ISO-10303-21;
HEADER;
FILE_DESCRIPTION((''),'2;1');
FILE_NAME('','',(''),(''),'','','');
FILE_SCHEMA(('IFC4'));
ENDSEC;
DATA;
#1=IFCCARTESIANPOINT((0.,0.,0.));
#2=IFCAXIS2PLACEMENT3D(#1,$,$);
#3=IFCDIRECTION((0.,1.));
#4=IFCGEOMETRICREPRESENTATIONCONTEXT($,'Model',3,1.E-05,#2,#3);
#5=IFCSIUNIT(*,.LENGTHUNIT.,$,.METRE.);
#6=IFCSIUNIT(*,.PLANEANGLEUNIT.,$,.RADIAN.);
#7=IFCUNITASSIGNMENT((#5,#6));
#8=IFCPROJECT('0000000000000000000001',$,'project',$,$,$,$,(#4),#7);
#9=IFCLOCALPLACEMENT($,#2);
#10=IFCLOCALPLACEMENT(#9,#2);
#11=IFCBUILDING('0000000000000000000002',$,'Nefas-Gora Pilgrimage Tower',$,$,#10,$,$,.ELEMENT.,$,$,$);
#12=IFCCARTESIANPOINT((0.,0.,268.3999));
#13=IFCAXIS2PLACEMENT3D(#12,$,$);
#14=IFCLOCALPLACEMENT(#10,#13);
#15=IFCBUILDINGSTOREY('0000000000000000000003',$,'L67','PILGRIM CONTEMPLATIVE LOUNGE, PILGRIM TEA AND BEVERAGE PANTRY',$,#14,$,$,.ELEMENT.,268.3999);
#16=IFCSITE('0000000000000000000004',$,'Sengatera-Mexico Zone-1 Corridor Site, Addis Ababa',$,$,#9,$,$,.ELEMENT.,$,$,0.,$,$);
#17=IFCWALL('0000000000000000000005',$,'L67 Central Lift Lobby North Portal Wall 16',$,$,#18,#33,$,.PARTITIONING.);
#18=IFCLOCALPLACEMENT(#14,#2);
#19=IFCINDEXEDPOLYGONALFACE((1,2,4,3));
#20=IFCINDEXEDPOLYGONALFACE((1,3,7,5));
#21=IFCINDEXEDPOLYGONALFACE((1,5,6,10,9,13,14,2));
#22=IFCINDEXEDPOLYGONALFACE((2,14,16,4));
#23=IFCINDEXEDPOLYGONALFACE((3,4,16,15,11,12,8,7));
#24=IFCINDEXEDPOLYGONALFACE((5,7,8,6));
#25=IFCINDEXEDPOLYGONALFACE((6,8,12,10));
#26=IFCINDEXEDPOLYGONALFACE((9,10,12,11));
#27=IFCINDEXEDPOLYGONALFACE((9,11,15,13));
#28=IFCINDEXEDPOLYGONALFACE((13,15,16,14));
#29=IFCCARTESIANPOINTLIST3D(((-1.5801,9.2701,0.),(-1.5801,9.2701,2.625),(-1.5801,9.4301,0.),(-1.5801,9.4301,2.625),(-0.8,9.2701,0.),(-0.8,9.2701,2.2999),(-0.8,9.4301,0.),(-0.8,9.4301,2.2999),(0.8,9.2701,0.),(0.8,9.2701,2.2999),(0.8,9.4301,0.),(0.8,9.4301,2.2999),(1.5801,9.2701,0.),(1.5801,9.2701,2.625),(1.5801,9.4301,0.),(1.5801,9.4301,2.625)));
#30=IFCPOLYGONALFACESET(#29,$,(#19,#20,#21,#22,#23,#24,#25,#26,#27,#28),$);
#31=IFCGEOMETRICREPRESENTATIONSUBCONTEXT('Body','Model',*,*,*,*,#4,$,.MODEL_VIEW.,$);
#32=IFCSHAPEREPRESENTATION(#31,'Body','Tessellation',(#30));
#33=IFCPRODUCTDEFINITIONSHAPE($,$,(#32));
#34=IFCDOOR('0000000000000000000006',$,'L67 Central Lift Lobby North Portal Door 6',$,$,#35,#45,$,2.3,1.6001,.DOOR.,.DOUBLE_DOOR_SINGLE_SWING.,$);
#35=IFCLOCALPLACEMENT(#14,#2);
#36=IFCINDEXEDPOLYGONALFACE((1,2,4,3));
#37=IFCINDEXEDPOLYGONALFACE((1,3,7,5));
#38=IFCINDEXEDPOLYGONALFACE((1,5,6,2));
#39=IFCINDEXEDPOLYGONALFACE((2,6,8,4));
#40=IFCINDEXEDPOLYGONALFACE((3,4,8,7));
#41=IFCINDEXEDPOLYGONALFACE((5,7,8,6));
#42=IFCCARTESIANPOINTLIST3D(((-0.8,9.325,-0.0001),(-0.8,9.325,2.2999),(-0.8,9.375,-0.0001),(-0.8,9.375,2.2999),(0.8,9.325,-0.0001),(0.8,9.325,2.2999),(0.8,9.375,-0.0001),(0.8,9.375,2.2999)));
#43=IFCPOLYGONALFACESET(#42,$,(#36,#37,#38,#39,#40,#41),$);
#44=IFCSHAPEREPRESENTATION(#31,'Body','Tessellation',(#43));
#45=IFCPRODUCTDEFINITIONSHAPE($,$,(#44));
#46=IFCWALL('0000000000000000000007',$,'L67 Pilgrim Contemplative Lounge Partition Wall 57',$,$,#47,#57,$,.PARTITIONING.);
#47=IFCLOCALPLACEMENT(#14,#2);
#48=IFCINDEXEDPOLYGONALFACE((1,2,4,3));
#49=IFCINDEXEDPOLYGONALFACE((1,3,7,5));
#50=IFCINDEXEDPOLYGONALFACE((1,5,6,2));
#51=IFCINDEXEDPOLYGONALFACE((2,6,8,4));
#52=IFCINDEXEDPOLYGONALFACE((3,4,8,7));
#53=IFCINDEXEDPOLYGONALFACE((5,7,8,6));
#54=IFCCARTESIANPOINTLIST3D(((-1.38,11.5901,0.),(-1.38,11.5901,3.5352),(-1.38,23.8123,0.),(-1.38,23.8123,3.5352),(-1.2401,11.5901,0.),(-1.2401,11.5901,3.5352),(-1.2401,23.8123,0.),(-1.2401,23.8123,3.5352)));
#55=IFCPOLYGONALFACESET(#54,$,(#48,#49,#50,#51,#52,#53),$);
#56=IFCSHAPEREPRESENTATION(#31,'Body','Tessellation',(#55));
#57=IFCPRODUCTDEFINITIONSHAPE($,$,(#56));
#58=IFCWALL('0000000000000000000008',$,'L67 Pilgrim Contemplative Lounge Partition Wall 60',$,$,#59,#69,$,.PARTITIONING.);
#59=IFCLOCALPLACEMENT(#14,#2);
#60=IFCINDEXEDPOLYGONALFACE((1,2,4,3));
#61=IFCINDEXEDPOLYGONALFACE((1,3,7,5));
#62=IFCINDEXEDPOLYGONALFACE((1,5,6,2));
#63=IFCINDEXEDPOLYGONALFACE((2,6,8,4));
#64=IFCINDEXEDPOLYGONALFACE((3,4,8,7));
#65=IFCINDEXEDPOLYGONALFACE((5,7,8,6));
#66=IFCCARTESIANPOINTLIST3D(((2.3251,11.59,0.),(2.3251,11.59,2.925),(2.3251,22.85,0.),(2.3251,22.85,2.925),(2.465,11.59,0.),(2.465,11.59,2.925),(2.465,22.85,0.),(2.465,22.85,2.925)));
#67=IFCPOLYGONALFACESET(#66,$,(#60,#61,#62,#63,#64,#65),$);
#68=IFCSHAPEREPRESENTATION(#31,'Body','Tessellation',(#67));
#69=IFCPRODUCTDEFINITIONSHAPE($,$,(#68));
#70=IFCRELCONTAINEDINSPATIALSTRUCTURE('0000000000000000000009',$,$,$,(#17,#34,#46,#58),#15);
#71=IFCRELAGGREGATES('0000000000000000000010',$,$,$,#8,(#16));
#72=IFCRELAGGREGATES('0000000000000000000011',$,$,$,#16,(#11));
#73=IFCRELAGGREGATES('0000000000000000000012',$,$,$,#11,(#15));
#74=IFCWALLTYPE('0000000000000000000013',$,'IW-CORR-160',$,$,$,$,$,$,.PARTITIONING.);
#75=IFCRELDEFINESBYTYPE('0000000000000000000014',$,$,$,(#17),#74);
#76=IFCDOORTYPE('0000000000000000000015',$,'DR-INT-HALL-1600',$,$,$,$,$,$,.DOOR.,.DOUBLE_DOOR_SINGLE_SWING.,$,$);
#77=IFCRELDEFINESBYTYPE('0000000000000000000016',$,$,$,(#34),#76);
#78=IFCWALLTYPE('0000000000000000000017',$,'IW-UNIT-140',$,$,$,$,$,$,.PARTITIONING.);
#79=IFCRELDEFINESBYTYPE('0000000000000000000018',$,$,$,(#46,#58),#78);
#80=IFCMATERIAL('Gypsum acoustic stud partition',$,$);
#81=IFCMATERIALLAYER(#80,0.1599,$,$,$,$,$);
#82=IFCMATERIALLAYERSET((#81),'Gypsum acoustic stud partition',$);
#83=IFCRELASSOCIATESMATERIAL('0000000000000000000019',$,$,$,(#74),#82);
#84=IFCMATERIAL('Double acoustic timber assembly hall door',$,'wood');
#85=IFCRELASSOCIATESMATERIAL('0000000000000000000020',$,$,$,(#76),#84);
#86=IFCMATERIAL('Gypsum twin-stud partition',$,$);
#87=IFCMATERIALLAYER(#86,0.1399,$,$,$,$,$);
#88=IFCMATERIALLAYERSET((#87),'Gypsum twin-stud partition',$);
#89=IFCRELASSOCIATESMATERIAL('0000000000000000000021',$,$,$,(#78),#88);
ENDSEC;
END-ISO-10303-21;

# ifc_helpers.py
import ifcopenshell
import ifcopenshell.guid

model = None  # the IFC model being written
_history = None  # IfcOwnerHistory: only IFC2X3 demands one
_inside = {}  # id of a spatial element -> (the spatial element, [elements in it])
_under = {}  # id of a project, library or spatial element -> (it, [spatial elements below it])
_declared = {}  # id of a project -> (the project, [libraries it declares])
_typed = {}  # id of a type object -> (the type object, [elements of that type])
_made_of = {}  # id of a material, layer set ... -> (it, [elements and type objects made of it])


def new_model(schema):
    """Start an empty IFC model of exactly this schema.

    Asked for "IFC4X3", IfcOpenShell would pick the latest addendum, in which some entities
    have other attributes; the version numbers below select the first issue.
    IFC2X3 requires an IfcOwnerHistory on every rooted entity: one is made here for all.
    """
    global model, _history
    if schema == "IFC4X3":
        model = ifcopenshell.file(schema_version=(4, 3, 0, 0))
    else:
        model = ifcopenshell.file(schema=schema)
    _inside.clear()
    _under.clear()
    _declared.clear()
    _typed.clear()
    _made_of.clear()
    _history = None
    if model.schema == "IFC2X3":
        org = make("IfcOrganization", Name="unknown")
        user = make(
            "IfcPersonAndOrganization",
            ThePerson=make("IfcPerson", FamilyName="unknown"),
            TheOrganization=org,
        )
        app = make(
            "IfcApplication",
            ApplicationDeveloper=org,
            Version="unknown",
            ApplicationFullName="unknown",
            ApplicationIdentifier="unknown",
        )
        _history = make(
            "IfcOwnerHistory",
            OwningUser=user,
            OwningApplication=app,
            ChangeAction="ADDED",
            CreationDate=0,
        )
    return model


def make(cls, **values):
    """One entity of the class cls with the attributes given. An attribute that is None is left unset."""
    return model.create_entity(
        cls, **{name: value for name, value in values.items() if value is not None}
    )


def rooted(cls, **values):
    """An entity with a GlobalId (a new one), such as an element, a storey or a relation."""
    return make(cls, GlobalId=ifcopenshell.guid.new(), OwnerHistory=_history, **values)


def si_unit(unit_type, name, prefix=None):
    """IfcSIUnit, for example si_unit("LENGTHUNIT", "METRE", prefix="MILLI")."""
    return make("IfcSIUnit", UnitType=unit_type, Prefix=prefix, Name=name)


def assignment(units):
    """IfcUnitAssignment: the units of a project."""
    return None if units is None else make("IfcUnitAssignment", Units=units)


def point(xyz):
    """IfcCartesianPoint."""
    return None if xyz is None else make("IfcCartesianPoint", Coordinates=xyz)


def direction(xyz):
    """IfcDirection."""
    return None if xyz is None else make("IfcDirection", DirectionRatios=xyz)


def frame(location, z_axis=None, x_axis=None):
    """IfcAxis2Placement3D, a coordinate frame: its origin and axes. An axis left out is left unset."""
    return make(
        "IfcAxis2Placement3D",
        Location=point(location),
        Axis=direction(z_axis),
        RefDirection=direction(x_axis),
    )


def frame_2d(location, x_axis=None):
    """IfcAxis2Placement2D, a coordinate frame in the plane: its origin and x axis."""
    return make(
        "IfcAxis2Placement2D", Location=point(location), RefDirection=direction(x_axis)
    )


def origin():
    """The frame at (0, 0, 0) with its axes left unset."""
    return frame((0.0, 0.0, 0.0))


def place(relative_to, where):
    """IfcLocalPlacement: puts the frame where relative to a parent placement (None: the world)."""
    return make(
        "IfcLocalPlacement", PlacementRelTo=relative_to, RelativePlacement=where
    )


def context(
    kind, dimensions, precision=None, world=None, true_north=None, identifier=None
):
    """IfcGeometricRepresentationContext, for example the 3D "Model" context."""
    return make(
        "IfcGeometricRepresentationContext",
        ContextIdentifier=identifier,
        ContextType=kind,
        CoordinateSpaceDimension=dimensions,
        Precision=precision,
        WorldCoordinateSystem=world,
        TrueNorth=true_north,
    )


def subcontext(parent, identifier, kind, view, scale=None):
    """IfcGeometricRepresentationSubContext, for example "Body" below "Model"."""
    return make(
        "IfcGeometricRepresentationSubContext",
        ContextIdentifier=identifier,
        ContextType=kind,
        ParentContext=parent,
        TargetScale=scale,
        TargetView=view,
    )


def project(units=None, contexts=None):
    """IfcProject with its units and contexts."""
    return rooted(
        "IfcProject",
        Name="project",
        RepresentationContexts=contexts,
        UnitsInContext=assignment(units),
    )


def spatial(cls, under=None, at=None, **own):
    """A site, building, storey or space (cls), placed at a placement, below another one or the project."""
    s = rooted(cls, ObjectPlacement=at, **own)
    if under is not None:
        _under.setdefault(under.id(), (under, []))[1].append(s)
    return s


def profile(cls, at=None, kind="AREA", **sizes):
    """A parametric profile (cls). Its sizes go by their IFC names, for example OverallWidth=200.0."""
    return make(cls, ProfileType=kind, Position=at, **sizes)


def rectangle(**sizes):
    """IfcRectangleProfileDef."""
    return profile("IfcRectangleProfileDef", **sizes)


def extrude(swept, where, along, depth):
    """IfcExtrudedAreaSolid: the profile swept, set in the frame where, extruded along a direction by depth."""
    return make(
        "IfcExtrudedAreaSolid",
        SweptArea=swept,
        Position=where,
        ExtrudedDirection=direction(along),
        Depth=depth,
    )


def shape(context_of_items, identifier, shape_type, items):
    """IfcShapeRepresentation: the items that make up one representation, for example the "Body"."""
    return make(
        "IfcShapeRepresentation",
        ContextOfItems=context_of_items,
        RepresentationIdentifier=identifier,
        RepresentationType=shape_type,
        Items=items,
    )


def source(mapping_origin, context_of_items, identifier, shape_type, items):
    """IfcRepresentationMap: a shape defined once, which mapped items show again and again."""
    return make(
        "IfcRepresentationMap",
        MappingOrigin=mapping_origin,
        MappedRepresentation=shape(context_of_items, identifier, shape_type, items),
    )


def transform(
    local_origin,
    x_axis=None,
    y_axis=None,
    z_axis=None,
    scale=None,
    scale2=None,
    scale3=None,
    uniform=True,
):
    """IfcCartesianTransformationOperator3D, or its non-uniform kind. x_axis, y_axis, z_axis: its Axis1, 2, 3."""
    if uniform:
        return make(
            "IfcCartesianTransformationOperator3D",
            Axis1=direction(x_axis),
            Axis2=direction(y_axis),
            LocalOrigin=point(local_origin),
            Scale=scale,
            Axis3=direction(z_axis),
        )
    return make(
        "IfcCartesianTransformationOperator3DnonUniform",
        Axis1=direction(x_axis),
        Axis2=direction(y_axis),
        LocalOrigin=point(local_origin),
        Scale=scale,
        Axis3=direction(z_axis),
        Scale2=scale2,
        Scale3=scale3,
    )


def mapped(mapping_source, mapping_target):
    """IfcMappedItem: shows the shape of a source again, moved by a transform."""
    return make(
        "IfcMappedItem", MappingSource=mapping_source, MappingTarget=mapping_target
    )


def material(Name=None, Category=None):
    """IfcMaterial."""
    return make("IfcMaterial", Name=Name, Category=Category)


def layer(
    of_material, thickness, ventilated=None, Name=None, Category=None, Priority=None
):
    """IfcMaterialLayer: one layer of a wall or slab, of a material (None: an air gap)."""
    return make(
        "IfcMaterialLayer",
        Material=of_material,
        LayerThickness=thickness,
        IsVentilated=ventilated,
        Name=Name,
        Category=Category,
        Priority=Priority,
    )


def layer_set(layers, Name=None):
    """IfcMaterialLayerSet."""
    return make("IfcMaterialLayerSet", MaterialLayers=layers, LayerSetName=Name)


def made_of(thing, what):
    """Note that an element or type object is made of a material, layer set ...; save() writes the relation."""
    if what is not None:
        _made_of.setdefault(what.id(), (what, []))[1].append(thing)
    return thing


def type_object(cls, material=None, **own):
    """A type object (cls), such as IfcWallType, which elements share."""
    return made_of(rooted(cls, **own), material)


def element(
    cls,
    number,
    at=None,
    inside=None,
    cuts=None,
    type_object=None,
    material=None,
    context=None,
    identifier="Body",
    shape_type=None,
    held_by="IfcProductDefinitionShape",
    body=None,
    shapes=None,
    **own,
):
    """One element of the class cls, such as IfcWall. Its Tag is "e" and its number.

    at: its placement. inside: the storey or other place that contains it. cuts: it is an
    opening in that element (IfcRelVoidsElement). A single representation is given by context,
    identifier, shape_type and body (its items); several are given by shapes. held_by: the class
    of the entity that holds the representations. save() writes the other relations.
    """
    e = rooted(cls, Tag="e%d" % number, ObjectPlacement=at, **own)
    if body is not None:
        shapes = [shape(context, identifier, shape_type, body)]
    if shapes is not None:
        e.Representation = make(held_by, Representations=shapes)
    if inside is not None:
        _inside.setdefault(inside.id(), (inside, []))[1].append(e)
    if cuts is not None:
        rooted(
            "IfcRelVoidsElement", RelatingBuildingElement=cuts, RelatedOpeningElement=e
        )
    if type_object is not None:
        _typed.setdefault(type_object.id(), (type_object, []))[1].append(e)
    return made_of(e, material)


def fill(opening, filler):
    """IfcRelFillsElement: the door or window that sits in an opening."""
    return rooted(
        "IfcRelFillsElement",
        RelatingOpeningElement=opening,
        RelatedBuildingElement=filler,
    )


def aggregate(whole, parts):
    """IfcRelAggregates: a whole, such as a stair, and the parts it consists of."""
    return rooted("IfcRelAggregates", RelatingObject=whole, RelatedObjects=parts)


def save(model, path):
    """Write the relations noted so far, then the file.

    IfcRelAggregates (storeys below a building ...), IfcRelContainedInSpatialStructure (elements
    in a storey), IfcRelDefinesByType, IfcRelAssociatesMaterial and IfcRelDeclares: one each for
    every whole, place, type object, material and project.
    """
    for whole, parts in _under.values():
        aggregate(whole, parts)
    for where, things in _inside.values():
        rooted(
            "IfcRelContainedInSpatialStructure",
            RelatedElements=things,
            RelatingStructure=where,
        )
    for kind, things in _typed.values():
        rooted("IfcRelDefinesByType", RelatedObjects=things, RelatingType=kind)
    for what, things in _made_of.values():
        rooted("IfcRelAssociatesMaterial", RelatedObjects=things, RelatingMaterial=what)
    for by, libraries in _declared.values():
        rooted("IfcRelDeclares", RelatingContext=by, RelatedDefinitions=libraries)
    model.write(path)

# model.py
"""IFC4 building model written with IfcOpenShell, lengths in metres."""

from ifc_helpers import new_model, si_unit, direction, frame, frame_2d, origin, place, context, subcontext, project, spatial, rectangle, extrude, source, transform, mapped, material, layer, layer_set, type_object, element, fill, save


model = new_model("IFC4")

# Units and contexts
model_context = context("Model", 3, precision=1e-05, world=origin(), true_north=direction((0.0, 1.0)))
body_context = subcontext(model_context, "Body", "Model", "MODEL_VIEW")
ifc_project = project(units=[si_unit("LENGTHUNIT", "METRE"), si_unit("PLANEANGLEUNIT", "RADIAN")], contexts=[model_context])

# Site, building, storey
site_placement = place(None, origin())
site = spatial("IfcSite", under=ifc_project, at=site_placement, Name="Sengatera-Mexico Zone-1 Corridor Site, Addis Ababa", CompositionType="ELEMENT", RefElevation=0.0)
building_placement = place(site_placement, origin())
building = spatial("IfcBuilding", under=site, at=building_placement, Name="Nefas-Gora Pilgrimage Tower", CompositionType="ELEMENT")
storey_placement = place(building_placement, frame((0.0, 0.0, 268.3999)))
storey = spatial("IfcBuildingStorey", under=building, at=storey_placement, Name="L67", Description="PILGRIM CONTEMPLATIVE LOUNGE, PILGRIM TEA AND BEVERAGE PANTRY", CompositionType="ELEMENT", Elevation=268.3999)

# Wall, opening, door
ifc_material_1 = material(Name="Gypsum acoustic stud partition")
ifc_layer_1 = layer(ifc_material_1, 0.1599)
ifc_layer_set_1 = layer_set([ifc_layer_1], Name="Gypsum acoustic stud partition")
wall_type_1 = type_object("IfcWallType", Name="IW-CORR-160", PredefinedType="PARTITIONING", material=ifc_layer_set_1)
shared_shape_1 = source(origin(), body_context, "Body", "SweptSolid", [
    extrude(rectangle(XDim=3.1602, YDim=0.1599, at=frame_2d((1.5801, 0.0))), origin(), (0.0, 0.0, 1.0), 2.625),
])
wall_1_placement = place(storey_placement, frame((-1.5801, 9.3501, 0.0), z_axis=(0.0, 0.0, 1.0), x_axis=(1.0, 0.0, 0.0)))
wall_1 = element("IfcWall", 1, at=wall_1_placement, inside=storey, type_object=wall_type_1, Name="L67 Central Lift Lobby North Portal Wall 16", PredefinedType="PARTITIONING", context=body_context, shape_type="MappedRepresentation", body=[
    mapped(shared_shape_1, transform((0.0, 0.0, 0.0), x_axis=(1.0, 0.0, 0.0), y_axis=(0.0, 1.0, 0.0), z_axis=(0.0, 0.0, 1.0), scale=1.0)),
])
opening_1_placement = place(wall_1_placement, frame((0.78, 0.0, 0.0)))
opening_1 = element("IfcOpeningElement", 2, at=opening_1_placement, cuts=wall_1, PredefinedType="OPENING", context=body_context, shape_type="SweptSolid", body=[
    extrude(rectangle(XDim=1.6001, YDim=2.3, at=frame_2d((0.8, 1.1499))), frame((0.0, 0.0898, 0.0), z_axis=(0.0, -1.0, 0.0), x_axis=(1.0, 0.0, 0.0)), (0.0, 0.0, 1.0), 0.1799),
])
ifc_material_2 = material(Name="Double acoustic timber assembly hall door", Category="wood")
door_type_1 = type_object("IfcDoorType", Name="DR-INT-HALL-1600", OperationType="DOUBLE_DOOR_SINGLE_SWING", PredefinedType="DOOR", material=ifc_material_2)
shared_shape_2 = source(origin(), body_context, "Body", "SweptSolid", [
    extrude(rectangle(XDim=1.6001, YDim=2.3, at=frame_2d((0.8, 1.1499))), frame((0.0, 0.0249, 0.0), z_axis=(0.0, -1.0, 0.0), x_axis=(1.0, 0.0, 0.0)), (0.0, 0.0, 1.0), 0.05),
])
door_1_placement = place(opening_1_placement, origin())
door_1 = element("IfcDoor", 3, at=door_1_placement, inside=storey, type_object=door_type_1, Name="L67 Central Lift Lobby North Portal Door 6", OperationType="DOUBLE_DOOR_SINGLE_SWING", OverallHeight=2.3, OverallWidth=1.6001, PredefinedType="DOOR", context=body_context, shape_type="MappedRepresentation", body=[
    mapped(shared_shape_2, transform((0.0, 0.0, 0.0), x_axis=(1.0, 0.0, 0.0), y_axis=(0.0, 1.0, 0.0), z_axis=(0.0, 0.0, 1.0), scale=1.0)),
])
fill(opening_1, door_1)

# Walls
ifc_material_3 = material(Name="Gypsum twin-stud partition")
ifc_layer_2 = layer(ifc_material_3, 0.1399)
ifc_layer_set_2 = layer_set([ifc_layer_2], Name="Gypsum twin-stud partition")
wall_type_2 = type_object("IfcWallType", Name="IW-UNIT-140", PredefinedType="PARTITIONING", material=ifc_layer_set_2)
shared_shape_3 = source(origin(), body_context, "Body", "SweptSolid", [
    extrude(rectangle(XDim=12.2222, YDim=0.1399, at=frame_2d((6.1111, 0.0))), origin(), (0.0, 0.0, 1.0), 3.5352),
])
wall_2_placement = place(storey_placement, frame((-1.3101, 11.5901, 0.0), z_axis=(0.0, 0.0, 1.0), x_axis=(0.0, 1.0, 0.0)))
element("IfcWall", 4, at=wall_2_placement, inside=storey, type_object=wall_type_2, Name="L67 Pilgrim Contemplative Lounge Partition Wall 57", PredefinedType="PARTITIONING", context=body_context, shape_type="MappedRepresentation", body=[
    mapped(shared_shape_3, transform((0.0, 0.0, 0.0), x_axis=(1.0, 0.0, 0.0), y_axis=(0.0, 1.0, 0.0), z_axis=(0.0, 0.0, 1.0), scale=1.0)),
])
shared_shape_4 = source(origin(), body_context, "Body", "SweptSolid", [
    extrude(rectangle(XDim=11.26, YDim=0.1399, at=frame_2d((5.6299, 0.0))), origin(), (0.0, 0.0, 1.0), 2.925),
])
wall_3_placement = place(storey_placement, frame((2.395, 11.5901, 0.0), z_axis=(0.0, 0.0, 1.0), x_axis=(0.0, 1.0, 0.0)))
element("IfcWall", 5, at=wall_3_placement, inside=storey, type_object=wall_type_2, Name="L67 Pilgrim Contemplative Lounge Partition Wall 60", PredefinedType="PARTITIONING", context=body_context, shape_type="MappedRepresentation", body=[
    mapped(shared_shape_4, transform((0.0, 0.0, 0.0), x_axis=(1.0, 0.0, 0.0), y_axis=(0.0, 1.0, 0.0), z_axis=(0.0, 0.0, 1.0), scale=1.0)),
])

save(model, "model.ifc")
